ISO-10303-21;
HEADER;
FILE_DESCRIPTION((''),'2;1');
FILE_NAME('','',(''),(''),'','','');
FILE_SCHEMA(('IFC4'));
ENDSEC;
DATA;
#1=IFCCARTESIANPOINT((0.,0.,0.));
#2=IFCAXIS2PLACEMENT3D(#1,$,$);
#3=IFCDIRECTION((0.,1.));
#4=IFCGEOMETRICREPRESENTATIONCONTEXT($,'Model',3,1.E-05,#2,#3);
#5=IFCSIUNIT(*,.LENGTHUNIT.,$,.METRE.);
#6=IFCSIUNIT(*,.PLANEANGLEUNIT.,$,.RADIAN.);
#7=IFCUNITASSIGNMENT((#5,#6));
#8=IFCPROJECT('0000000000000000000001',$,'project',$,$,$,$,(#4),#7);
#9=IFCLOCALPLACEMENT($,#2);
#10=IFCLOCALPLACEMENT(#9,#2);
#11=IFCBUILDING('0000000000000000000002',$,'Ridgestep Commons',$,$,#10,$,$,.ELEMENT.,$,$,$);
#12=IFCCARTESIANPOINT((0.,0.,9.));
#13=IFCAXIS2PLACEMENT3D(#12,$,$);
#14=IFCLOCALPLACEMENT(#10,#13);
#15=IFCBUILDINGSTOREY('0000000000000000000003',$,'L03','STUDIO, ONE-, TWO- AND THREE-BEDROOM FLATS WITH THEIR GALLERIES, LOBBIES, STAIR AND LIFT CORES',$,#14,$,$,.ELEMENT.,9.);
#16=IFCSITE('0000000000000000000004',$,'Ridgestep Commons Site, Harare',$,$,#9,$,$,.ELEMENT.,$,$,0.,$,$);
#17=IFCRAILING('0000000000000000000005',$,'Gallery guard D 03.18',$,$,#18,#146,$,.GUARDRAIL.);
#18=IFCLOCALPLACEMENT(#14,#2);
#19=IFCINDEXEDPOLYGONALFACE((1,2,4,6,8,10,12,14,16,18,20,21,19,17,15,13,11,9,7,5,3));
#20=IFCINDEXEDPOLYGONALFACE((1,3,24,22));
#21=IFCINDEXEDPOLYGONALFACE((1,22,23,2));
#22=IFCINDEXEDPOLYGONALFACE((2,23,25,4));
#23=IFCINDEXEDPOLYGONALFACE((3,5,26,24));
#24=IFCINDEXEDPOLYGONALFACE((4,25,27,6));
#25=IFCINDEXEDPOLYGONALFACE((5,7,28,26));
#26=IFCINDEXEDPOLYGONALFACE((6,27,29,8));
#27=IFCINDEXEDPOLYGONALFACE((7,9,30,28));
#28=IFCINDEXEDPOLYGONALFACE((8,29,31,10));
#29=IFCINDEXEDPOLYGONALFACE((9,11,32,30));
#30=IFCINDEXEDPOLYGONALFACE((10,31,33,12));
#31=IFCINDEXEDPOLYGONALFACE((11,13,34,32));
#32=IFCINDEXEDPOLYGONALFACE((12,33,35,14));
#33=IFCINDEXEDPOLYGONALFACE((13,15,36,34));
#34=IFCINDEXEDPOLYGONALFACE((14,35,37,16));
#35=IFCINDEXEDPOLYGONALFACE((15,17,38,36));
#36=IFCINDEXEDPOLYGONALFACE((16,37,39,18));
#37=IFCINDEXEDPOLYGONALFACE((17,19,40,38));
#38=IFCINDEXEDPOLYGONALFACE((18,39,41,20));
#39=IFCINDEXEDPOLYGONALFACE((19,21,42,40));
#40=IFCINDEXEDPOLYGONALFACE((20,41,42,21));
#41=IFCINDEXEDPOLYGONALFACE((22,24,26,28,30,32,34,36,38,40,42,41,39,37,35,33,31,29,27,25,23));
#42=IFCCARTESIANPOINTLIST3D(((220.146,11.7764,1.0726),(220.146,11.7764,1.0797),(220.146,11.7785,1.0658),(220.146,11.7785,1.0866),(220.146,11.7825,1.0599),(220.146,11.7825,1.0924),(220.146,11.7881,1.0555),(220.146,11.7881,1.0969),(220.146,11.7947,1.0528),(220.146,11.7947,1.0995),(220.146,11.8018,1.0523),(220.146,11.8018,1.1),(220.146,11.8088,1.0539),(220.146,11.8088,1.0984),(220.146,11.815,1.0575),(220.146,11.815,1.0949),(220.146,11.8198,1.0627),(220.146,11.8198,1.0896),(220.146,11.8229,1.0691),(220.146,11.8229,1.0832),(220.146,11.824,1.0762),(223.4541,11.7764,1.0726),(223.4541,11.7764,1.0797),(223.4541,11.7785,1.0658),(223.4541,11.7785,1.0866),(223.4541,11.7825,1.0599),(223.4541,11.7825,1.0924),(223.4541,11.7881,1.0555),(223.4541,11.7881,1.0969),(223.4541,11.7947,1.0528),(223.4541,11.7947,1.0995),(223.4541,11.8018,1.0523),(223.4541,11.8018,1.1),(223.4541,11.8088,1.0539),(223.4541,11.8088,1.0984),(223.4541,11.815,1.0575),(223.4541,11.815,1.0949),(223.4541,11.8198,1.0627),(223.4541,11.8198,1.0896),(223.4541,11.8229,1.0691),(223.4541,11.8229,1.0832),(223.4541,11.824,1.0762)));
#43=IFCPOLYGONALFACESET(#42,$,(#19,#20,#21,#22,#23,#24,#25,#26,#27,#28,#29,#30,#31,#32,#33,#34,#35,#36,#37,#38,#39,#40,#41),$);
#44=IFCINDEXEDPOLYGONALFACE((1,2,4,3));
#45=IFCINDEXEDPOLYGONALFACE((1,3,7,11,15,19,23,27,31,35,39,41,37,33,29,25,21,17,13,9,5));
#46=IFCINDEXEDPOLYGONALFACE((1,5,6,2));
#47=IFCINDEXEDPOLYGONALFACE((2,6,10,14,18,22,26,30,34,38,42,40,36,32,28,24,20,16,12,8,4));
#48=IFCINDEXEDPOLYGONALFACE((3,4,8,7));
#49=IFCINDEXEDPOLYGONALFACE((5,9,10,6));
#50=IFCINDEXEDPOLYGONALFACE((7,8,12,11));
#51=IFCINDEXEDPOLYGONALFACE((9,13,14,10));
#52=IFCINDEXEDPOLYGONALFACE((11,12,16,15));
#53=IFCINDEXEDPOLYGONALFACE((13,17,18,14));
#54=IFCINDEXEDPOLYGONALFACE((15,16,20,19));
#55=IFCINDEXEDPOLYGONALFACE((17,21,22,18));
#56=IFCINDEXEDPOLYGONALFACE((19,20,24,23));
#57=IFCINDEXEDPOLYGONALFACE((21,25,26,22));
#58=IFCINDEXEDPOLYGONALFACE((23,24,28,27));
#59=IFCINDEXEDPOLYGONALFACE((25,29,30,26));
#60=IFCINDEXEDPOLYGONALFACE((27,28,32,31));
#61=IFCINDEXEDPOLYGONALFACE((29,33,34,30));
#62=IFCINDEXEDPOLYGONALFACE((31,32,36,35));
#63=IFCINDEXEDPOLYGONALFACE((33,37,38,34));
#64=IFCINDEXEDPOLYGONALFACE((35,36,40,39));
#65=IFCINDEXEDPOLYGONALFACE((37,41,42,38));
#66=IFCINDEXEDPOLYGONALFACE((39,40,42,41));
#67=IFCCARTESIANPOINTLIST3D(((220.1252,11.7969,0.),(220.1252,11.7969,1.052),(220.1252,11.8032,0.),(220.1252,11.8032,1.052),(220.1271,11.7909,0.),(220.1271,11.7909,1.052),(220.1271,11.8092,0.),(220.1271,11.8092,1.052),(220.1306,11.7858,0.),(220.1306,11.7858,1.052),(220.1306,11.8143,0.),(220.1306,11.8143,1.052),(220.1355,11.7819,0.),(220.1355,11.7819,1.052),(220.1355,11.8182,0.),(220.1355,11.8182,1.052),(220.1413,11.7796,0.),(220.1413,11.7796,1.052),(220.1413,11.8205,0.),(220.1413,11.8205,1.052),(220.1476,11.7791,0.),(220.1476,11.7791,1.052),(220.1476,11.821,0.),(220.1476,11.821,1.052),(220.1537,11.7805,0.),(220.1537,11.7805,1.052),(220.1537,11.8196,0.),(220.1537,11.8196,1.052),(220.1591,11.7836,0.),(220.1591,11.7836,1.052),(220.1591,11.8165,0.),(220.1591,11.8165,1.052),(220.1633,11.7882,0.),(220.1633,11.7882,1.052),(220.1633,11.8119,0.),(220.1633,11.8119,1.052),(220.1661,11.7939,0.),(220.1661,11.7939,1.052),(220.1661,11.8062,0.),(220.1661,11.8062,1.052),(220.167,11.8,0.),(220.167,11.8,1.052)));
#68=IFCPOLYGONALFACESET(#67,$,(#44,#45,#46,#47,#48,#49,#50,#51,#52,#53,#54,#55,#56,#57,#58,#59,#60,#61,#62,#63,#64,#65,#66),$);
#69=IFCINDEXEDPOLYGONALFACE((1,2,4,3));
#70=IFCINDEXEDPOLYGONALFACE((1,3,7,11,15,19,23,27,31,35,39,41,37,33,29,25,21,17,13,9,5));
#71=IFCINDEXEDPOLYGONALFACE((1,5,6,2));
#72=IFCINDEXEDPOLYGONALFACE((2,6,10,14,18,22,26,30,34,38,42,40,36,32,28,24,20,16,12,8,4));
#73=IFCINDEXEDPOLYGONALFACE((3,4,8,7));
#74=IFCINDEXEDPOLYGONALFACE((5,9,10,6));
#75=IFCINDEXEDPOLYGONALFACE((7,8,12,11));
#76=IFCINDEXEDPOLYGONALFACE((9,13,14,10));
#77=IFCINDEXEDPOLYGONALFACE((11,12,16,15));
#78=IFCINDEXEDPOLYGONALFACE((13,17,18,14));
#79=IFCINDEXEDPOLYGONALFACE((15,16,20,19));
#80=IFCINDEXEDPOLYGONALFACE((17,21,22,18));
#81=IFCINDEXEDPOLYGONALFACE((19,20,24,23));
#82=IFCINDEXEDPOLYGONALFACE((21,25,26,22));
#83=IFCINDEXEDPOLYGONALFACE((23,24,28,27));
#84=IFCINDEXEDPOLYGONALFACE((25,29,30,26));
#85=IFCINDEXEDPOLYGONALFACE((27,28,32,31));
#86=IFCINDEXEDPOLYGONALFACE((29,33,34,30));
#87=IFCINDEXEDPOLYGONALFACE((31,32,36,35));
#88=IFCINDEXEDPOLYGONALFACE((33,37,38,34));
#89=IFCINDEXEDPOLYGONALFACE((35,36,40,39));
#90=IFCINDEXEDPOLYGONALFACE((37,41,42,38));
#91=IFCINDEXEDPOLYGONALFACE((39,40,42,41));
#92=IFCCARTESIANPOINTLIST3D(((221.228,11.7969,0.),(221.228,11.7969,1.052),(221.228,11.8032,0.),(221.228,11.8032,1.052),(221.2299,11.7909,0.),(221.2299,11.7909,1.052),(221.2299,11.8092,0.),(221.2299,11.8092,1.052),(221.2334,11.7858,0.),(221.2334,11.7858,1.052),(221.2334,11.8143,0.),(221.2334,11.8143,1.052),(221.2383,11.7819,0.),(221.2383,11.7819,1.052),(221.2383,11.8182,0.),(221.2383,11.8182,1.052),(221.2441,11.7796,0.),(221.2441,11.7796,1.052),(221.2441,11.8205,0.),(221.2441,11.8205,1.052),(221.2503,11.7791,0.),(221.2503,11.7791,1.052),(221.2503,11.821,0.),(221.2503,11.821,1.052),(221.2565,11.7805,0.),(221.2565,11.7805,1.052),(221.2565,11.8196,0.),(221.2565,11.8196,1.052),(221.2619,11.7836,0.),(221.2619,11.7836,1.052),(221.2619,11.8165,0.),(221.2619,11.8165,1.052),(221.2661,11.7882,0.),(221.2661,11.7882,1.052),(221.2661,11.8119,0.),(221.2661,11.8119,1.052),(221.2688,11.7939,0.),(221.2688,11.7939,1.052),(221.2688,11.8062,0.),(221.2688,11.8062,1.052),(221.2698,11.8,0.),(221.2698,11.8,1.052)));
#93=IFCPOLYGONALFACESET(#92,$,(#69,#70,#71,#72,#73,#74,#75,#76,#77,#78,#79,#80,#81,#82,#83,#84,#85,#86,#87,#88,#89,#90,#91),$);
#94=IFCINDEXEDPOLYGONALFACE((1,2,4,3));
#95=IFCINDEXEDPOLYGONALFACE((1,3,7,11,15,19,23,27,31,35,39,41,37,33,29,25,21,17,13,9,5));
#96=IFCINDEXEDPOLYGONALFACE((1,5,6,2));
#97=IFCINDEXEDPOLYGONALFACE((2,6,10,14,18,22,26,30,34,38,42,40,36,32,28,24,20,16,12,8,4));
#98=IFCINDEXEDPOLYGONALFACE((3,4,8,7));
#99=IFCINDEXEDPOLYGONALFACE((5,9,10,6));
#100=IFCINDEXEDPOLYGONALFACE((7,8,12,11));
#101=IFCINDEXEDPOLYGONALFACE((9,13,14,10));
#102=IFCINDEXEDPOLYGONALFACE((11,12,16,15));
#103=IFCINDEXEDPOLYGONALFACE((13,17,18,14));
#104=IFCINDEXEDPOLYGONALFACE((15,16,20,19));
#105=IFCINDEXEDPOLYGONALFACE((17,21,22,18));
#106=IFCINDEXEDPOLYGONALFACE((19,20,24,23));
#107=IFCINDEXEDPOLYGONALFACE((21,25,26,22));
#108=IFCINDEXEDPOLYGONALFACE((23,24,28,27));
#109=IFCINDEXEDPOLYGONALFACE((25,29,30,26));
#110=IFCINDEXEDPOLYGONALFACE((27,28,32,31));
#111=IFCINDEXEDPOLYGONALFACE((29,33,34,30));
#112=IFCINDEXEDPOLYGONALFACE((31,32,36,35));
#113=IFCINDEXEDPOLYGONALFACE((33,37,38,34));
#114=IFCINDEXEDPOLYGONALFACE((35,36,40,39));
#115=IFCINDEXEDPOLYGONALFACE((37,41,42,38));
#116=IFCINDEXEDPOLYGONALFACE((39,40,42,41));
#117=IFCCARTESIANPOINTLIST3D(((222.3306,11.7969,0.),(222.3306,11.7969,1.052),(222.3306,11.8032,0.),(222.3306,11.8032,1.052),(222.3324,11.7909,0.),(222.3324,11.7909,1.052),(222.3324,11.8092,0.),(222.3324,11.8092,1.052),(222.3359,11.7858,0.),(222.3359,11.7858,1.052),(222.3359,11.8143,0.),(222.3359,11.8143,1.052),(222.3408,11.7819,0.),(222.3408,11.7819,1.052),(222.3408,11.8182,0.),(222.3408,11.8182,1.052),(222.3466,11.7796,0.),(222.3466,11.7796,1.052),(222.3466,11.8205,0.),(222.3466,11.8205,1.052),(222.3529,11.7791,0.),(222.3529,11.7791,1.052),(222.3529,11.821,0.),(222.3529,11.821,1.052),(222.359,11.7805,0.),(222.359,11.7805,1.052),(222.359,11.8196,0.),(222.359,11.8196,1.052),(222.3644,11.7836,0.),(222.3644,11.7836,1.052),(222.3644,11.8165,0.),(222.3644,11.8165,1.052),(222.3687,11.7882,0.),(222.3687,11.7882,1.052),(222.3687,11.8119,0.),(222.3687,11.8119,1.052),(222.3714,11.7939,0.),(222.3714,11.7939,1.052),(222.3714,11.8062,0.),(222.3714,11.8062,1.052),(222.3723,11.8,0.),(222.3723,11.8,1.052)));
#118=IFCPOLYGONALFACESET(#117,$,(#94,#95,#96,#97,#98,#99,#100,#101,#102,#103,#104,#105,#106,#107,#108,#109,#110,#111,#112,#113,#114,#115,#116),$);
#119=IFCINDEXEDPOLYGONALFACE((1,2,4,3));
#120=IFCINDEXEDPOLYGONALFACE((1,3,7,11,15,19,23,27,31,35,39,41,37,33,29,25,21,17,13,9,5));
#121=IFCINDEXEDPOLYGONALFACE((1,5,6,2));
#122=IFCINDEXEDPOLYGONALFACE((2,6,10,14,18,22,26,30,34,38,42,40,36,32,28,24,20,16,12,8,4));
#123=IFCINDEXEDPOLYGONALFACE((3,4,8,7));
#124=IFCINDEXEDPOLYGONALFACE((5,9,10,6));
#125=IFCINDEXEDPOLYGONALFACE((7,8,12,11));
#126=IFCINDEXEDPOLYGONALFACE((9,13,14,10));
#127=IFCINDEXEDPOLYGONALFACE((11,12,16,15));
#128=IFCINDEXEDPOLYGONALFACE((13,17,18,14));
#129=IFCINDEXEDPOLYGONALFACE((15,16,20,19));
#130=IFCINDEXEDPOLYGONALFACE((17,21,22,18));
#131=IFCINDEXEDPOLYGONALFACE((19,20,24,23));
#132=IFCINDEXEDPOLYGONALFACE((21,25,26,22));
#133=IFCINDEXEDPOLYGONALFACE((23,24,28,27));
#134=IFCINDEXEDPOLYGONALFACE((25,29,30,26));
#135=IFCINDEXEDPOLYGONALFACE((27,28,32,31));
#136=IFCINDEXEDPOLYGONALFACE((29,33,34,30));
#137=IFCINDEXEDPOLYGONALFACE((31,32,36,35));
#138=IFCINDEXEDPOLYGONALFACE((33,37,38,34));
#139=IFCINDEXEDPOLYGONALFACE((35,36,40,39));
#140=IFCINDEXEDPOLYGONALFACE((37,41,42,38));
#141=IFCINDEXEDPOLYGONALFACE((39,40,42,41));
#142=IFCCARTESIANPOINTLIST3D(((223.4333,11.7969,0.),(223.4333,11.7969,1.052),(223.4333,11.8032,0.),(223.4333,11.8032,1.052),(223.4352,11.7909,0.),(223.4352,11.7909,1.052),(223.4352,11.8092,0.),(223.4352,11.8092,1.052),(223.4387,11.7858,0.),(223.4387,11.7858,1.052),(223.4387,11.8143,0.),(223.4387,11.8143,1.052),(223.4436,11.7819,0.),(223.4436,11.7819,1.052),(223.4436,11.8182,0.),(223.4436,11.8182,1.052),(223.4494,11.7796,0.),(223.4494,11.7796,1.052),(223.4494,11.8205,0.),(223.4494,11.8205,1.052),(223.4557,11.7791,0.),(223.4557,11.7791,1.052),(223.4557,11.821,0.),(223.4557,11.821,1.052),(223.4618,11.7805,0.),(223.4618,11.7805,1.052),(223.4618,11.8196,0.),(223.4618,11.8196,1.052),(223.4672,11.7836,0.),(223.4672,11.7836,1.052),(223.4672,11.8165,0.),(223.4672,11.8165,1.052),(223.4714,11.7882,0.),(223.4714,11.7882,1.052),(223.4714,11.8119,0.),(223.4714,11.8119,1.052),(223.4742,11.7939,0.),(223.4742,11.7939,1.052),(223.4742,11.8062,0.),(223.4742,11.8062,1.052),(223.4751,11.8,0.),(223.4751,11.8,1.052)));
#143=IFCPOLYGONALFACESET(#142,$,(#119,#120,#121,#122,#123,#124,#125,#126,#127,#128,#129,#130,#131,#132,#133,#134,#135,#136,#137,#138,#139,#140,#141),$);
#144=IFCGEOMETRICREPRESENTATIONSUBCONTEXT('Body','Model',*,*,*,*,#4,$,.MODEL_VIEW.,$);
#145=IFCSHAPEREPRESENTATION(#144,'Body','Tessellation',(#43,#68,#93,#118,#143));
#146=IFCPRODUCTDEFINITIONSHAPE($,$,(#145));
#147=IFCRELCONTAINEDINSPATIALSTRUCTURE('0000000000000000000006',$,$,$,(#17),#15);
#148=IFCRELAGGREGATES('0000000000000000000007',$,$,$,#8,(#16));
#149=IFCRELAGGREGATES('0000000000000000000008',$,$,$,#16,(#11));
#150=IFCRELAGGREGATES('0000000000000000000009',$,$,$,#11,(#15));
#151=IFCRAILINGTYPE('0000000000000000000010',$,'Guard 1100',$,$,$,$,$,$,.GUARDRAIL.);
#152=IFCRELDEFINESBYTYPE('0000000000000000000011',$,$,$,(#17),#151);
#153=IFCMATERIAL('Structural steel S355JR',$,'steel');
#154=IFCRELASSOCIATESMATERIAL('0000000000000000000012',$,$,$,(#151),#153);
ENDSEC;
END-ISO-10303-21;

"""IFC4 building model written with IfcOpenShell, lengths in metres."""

from ifc_helpers import new_model, si_unit, direction, frame, origin, origin_2d, place, context, subcontext, project, spatial, circle, extrude, material, type_object, element, save


model = new_model("IFC4")

# Units and contexts
model_context = context("Model", 3, precision=1e-05, world=origin(), true_north=direction((0.0, 1.0)))
body_context = subcontext(model_context, "Body", "Model", "MODEL_VIEW")
ifc_project = project(units=[si_unit("LENGTHUNIT", "METRE"), si_unit("PLANEANGLEUNIT", "RADIAN")], contexts=[model_context])

# Site, building, storey
site_placement = place(None, origin())
site = spatial("IfcSite", under=ifc_project, at=site_placement, Name="Ridgestep Commons Site, Harare", CompositionType="ELEMENT", RefElevation=0.0)
building_placement = place(site_placement, origin())
building = spatial("IfcBuilding", under=site, at=building_placement, Name="Ridgestep Commons", CompositionType="ELEMENT")
storey_placement = place(building_placement, frame((0.0, 0.0, 9.0)))
storey = spatial("IfcBuildingStorey", under=building, at=storey_placement, Name="L03", Description="STUDIO, ONE-, TWO- AND THREE-BEDROOM FLATS WITH THEIR GALLERIES, LOBBIES, STAIR AND LIFT CORES", CompositionType="ELEMENT", Elevation=9.0)

# Railing
ifc_material_1 = material(Name="Structural steel S355JR", Category="steel")
railing_type_1 = type_object("IfcRailingType", Name="Guard 1100", PredefinedType="GUARDRAIL", material=ifc_material_1)
railing_1_placement = place(storey_placement, frame((220.146, 11.8, 0.0)))
element("IfcRailing", 1, at=railing_1_placement, inside=storey, type_object=railing_type_1, Name="Gallery guard D 03.18", PredefinedType="GUARDRAIL", context=body_context, shape_type="SweptSolid", body=[
    extrude(circle(Radius=0.0239, at=origin_2d()), frame((0.0, 0.0, 1.0762), z_axis=(1.0, 0.0, 0.0), x_axis=(0.0, 1.0, 0.0)), (0.0, 0.0, 1.0), 3.3081),
    extrude(circle(Radius=0.021, at=origin_2d()), origin(), (0.0, 0.0, 1.0), 1.052),
    extrude(circle(Radius=0.021, at=origin_2d()), frame((1.1028, 0.0, 0.0)), (0.0, 0.0, 1.0), 1.052),
    extrude(circle(Radius=0.021, at=origin_2d()), frame((2.2053, 0.0, 0.0)), (0.0, 0.0, 1.0), 1.052),
    extrude(circle(Radius=0.021, at=origin_2d()), frame((3.3081, 0.0, 0.0)), (0.0, 0.0, 1.0), 1.052),
])

save(model, "model.ifc")
